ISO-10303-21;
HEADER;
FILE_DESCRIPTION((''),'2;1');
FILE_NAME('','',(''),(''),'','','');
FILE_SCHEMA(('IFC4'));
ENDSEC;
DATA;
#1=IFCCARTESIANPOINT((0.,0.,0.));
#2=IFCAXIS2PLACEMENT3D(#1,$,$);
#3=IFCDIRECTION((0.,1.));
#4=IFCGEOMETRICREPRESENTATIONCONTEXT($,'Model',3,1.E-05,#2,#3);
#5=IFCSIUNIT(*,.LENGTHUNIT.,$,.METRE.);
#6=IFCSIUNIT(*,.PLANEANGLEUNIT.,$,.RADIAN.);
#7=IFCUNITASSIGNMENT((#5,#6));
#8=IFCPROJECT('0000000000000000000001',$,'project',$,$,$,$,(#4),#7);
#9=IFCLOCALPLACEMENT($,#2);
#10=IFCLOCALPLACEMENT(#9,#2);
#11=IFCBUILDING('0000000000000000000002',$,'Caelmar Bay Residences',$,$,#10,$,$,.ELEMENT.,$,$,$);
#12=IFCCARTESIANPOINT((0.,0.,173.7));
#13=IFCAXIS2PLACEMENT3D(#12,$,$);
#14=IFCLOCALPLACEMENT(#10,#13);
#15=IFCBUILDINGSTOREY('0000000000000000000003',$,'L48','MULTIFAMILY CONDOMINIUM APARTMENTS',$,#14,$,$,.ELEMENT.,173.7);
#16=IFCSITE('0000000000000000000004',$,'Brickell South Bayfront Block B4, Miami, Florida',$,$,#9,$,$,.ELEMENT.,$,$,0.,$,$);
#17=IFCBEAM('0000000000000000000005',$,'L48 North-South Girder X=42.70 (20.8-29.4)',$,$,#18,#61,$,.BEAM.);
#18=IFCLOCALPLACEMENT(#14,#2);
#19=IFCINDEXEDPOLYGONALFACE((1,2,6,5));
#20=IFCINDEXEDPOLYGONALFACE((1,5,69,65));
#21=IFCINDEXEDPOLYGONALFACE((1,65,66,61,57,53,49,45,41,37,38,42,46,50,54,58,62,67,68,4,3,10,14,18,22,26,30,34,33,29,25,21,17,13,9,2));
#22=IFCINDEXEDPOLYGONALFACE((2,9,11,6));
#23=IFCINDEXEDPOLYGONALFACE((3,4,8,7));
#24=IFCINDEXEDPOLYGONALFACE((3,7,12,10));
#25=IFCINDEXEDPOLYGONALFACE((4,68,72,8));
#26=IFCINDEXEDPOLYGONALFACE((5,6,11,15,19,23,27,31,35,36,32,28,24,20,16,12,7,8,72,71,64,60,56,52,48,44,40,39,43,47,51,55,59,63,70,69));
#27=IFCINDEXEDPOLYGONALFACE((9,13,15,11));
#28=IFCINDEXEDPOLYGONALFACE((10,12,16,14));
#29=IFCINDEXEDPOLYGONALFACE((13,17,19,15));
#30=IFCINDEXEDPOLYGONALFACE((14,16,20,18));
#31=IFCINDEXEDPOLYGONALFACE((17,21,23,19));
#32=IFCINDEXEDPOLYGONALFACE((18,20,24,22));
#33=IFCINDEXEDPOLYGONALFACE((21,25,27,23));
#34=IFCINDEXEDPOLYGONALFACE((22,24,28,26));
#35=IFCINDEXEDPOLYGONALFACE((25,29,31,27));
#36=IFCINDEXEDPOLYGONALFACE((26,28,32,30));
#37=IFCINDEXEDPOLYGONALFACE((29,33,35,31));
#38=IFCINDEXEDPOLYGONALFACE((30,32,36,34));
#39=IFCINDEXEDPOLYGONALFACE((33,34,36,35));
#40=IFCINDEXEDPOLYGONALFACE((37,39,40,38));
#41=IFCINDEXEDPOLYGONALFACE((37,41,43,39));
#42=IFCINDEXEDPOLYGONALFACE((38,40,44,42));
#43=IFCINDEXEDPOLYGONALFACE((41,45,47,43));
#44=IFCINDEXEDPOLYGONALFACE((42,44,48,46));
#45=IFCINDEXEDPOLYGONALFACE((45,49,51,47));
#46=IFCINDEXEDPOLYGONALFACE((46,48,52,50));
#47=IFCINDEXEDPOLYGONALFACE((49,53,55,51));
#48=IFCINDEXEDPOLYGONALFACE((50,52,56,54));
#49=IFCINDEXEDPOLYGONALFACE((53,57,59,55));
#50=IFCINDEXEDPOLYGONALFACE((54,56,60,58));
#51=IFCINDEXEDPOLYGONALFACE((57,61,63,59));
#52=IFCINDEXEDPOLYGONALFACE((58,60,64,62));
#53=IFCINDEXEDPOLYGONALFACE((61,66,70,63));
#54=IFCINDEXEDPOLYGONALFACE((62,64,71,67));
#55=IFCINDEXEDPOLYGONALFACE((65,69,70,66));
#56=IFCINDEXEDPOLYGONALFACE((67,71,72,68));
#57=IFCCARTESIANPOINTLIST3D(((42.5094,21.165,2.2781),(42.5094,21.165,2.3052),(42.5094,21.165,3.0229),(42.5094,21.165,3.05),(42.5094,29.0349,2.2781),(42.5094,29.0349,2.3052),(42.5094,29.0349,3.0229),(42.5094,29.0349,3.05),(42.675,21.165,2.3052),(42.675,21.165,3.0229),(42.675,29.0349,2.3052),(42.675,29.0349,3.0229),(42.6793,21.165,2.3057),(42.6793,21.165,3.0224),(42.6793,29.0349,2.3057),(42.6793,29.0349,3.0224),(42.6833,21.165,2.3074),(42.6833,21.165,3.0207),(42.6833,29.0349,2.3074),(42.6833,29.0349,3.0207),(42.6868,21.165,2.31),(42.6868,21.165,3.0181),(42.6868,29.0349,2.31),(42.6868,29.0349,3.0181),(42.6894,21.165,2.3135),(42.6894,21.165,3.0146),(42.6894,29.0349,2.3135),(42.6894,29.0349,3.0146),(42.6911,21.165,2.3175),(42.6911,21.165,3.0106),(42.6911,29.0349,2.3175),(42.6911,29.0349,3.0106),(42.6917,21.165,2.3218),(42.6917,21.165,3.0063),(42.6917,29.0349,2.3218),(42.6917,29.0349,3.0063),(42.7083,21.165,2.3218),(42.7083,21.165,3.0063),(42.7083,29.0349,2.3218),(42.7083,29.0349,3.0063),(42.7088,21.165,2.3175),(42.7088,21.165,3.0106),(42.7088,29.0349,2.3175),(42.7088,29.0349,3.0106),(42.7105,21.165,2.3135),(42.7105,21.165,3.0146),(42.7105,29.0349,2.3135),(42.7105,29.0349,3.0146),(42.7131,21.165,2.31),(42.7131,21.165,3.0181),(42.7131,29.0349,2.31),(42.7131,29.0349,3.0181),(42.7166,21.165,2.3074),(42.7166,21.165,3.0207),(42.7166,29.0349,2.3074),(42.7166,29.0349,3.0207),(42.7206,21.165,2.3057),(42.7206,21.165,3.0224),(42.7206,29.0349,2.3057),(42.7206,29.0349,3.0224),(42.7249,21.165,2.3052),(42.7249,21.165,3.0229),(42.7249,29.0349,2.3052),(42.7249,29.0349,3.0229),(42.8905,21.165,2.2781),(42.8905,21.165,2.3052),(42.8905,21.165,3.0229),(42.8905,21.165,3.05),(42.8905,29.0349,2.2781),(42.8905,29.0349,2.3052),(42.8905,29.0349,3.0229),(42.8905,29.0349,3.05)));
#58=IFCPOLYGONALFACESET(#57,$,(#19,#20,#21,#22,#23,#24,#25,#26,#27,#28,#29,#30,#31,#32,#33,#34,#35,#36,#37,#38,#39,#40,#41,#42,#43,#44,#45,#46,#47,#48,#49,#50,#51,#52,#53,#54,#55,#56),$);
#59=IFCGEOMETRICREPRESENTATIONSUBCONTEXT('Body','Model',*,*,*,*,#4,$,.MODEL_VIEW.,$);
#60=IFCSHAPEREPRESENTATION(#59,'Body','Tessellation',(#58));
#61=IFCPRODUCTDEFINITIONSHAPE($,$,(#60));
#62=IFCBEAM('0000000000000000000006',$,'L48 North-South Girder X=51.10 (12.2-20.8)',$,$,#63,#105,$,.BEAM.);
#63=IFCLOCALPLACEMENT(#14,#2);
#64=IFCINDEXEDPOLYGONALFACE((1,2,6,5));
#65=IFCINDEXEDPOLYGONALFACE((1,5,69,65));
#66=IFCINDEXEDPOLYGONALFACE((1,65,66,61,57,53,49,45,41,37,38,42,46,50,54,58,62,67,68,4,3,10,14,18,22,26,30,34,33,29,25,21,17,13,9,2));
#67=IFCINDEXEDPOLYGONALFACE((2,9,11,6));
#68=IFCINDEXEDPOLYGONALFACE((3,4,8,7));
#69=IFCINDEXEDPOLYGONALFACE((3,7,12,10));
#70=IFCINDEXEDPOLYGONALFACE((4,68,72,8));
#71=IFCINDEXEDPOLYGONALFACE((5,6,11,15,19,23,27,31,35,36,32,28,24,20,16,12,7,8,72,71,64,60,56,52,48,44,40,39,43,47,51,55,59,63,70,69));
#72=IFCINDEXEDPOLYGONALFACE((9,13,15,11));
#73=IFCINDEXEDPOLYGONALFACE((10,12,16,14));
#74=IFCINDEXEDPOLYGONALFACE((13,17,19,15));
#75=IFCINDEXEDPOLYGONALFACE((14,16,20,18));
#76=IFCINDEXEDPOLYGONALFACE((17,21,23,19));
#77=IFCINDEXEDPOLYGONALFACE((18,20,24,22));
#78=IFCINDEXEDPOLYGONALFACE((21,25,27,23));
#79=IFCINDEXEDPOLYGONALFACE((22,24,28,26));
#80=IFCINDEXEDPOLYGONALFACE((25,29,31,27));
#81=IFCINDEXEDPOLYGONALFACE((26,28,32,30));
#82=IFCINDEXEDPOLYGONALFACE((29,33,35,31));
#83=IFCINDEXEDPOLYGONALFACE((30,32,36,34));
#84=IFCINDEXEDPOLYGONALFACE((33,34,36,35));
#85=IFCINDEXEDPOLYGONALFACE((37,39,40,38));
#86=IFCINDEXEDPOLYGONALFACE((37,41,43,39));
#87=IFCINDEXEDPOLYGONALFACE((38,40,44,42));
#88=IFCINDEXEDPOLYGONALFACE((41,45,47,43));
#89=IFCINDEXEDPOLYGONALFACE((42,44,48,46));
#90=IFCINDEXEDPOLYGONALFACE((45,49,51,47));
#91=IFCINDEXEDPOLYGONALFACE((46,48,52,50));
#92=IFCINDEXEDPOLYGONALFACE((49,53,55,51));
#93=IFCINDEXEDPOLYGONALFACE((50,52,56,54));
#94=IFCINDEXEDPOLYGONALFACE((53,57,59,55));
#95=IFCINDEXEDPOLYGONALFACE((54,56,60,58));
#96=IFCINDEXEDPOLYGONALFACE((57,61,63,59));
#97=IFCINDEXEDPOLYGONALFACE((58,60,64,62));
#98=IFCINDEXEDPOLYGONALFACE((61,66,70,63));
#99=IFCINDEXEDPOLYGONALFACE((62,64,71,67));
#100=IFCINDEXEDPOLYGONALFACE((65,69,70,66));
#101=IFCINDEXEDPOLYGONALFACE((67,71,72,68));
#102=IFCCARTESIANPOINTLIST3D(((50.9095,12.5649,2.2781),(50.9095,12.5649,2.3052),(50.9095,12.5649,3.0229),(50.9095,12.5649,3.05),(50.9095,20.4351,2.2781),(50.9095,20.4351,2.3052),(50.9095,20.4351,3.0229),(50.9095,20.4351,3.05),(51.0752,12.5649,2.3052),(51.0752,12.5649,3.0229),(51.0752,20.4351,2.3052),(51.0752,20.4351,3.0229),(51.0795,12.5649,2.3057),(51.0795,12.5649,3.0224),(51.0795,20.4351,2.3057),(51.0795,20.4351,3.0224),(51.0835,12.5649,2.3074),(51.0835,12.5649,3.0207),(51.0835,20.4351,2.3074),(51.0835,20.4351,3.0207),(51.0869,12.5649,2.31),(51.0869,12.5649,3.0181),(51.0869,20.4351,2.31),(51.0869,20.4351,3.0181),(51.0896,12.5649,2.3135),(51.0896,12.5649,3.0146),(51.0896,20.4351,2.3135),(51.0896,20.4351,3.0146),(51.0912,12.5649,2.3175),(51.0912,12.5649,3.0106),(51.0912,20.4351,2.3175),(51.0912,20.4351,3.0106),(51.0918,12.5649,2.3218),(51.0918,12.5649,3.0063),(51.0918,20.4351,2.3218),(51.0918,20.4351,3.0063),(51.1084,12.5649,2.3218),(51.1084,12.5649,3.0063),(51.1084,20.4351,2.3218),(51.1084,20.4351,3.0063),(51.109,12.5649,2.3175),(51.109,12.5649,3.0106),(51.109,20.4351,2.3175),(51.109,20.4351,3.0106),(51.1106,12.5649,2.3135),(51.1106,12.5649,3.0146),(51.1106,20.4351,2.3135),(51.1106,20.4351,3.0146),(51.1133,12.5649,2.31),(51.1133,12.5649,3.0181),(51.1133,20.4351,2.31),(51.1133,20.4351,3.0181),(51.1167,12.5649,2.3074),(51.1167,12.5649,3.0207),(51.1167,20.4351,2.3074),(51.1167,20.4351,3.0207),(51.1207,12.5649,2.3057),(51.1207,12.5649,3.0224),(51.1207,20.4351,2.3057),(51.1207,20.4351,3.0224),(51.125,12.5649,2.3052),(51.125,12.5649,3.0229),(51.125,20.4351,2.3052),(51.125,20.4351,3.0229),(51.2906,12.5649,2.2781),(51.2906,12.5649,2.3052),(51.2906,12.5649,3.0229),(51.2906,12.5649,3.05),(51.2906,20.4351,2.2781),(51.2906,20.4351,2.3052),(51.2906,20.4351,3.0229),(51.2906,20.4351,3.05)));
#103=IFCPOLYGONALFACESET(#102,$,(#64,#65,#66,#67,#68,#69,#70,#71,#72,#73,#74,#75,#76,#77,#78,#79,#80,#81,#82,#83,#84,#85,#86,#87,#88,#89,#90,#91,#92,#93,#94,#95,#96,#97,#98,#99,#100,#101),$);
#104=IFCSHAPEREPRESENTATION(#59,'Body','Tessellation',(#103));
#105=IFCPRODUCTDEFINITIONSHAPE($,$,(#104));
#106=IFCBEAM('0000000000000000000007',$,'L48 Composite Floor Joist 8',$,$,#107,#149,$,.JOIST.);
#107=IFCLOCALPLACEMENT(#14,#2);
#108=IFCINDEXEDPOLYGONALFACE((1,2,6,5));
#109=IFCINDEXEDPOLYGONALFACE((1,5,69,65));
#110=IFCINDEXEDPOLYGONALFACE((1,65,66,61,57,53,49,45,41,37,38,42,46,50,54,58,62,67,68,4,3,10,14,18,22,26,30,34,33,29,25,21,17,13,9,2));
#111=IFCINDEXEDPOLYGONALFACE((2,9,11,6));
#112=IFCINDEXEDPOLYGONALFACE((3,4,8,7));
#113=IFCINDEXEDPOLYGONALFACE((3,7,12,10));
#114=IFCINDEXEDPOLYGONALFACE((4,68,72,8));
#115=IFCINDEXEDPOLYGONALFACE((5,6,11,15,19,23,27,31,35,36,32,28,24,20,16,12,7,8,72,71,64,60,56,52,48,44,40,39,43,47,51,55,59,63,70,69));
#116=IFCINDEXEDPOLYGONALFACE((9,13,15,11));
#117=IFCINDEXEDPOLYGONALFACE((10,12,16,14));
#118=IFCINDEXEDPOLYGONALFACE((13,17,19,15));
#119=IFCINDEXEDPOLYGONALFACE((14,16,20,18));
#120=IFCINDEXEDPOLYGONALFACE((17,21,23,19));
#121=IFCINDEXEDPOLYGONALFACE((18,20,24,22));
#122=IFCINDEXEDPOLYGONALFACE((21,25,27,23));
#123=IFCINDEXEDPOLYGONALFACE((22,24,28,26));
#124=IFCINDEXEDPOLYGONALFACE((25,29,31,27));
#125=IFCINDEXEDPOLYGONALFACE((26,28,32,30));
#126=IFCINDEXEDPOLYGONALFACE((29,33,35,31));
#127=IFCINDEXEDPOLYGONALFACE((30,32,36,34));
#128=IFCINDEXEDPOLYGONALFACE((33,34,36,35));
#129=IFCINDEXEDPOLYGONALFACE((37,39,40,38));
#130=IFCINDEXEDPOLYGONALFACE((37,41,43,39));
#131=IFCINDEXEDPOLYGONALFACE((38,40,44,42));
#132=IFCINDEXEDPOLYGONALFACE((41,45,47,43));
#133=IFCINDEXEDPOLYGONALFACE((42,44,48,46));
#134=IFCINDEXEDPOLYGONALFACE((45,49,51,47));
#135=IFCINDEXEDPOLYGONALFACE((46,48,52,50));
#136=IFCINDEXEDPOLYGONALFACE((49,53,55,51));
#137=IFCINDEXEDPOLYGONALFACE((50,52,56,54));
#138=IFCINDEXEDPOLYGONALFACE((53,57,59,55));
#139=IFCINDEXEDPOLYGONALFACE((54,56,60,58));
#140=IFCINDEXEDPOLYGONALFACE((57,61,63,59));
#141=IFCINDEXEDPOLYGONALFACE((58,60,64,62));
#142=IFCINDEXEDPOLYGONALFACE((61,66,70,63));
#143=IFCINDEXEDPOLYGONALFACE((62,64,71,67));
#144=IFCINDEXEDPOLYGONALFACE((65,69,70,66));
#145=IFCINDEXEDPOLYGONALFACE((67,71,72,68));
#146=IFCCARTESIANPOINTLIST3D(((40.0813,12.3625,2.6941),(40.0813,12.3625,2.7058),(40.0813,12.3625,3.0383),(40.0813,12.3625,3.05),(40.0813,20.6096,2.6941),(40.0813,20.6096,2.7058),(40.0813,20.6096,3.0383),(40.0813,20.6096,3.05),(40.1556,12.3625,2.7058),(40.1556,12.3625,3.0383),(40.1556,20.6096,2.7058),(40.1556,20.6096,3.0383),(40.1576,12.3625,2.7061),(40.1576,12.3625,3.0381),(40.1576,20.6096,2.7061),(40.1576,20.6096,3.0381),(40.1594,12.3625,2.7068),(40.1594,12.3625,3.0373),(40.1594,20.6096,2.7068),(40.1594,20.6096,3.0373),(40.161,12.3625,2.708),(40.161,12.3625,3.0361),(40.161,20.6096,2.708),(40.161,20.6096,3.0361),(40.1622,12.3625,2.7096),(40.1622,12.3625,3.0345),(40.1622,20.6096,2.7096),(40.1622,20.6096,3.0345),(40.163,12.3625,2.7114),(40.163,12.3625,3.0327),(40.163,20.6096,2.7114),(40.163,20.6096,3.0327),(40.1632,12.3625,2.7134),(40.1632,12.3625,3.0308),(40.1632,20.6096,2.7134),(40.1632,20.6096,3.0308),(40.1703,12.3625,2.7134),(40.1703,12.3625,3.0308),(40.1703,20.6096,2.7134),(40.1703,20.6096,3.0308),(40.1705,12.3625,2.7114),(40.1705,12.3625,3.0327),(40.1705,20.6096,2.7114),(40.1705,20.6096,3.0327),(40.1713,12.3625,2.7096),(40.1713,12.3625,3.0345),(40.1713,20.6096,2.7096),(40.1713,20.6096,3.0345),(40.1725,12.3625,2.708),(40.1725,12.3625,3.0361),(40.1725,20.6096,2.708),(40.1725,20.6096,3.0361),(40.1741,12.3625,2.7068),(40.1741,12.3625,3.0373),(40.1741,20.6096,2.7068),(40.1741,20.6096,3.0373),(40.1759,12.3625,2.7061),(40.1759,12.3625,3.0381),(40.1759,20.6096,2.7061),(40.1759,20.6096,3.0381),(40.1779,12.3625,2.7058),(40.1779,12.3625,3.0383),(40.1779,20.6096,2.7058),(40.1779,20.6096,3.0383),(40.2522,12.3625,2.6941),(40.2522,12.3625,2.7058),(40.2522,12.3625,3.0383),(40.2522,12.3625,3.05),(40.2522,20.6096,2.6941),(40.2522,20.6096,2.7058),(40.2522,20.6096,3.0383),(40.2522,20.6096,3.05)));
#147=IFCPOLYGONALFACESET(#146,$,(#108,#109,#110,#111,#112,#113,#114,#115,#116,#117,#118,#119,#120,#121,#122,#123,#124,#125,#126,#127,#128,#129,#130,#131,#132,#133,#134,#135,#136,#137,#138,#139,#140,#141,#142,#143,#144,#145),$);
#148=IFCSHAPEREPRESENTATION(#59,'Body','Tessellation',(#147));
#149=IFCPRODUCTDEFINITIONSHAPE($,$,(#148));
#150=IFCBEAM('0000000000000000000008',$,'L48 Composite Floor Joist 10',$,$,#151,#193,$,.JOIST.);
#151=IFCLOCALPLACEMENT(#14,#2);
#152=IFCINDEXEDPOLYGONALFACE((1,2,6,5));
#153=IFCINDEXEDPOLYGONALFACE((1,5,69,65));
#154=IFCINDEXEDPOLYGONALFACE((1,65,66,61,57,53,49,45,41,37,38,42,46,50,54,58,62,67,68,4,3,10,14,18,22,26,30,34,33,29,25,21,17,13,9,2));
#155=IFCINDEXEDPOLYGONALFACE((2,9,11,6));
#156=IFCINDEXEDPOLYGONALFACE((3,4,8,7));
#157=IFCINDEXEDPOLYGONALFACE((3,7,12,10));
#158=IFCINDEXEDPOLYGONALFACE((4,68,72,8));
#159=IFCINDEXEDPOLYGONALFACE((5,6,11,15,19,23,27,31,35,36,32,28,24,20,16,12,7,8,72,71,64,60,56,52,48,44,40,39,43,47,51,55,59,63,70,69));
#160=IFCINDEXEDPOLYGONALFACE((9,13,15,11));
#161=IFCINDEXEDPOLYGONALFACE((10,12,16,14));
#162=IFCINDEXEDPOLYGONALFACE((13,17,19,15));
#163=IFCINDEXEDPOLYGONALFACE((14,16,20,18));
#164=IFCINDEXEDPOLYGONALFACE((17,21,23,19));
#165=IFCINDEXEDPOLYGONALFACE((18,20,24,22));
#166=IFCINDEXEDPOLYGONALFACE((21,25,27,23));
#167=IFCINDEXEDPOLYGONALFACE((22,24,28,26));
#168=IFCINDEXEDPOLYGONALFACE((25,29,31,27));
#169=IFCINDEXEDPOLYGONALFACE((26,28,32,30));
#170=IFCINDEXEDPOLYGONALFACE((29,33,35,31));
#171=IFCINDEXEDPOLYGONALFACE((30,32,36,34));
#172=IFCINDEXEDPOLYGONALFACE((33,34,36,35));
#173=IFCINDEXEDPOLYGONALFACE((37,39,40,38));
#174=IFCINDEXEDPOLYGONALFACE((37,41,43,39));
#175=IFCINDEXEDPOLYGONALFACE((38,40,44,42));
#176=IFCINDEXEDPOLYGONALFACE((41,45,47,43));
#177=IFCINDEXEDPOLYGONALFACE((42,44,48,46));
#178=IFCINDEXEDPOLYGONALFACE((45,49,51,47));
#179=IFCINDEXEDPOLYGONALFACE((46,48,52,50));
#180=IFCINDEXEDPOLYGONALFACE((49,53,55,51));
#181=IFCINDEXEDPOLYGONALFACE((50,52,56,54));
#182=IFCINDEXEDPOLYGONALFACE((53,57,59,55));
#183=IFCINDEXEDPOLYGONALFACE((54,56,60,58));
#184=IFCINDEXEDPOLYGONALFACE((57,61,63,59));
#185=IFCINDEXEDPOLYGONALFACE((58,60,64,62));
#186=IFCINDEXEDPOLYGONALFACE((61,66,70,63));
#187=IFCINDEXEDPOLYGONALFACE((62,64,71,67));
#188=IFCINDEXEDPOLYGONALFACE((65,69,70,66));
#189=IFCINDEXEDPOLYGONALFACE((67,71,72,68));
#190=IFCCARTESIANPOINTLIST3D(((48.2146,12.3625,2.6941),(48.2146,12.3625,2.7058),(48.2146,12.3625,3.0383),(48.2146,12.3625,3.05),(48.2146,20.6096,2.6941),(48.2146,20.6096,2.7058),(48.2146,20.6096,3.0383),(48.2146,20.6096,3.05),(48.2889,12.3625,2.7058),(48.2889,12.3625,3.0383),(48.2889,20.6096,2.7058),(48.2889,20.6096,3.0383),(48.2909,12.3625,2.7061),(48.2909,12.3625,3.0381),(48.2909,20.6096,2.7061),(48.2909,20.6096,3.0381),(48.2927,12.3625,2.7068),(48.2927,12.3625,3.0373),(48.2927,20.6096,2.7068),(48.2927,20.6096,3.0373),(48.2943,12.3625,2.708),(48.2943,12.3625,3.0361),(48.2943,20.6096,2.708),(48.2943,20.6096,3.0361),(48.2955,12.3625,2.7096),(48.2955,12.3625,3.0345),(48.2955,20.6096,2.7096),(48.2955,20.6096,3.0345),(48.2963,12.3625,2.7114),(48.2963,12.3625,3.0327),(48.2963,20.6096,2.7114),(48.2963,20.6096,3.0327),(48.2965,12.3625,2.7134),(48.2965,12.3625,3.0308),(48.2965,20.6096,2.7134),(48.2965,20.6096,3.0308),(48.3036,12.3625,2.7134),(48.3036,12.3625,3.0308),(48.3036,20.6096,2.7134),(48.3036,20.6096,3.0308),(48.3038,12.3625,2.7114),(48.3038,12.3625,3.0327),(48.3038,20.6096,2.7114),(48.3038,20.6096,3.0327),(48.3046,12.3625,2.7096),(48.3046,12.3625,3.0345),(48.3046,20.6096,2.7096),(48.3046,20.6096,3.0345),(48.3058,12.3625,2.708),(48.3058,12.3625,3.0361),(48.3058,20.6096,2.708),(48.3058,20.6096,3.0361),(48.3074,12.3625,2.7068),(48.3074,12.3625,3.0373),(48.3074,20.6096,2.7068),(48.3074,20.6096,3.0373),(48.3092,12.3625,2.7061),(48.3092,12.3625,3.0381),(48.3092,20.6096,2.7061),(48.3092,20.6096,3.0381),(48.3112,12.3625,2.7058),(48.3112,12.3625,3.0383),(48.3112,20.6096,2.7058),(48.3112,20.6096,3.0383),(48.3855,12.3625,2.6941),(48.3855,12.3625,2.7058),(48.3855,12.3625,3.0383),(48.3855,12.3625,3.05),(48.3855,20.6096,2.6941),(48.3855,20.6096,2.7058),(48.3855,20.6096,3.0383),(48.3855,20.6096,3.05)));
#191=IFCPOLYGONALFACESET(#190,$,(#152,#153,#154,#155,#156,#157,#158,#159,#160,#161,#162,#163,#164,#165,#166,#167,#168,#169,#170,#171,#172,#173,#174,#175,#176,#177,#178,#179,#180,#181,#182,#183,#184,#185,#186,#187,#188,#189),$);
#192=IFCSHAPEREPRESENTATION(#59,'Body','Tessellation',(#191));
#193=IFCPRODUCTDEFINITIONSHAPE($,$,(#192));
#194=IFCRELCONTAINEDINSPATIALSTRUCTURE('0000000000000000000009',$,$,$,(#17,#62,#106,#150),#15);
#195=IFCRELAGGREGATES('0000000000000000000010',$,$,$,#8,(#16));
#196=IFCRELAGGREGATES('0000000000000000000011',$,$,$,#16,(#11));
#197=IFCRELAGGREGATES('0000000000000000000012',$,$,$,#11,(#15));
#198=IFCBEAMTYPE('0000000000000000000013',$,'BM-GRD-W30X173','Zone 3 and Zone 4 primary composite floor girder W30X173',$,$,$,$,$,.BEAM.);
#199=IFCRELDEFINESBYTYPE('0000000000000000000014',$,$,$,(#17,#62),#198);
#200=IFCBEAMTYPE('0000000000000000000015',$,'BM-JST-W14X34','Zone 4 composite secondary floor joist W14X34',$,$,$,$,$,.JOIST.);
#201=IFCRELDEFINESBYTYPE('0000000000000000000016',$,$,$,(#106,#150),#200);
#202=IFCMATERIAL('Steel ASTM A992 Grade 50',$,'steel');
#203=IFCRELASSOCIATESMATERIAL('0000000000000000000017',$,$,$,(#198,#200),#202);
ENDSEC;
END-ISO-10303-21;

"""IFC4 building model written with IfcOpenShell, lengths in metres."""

from ifc_helpers import new_model, si_unit, direction, frame, origin, origin_2d, place, context, subcontext, project, spatial, i_section, extrude, material, material_profile, profile_set, type_object, element, save


model = new_model("IFC4")

# Units and contexts
model_context = context("Model", 3, precision=1e-05, world=origin(), true_north=direction((0.0, 1.0)))
body_context = subcontext(model_context, "Body", "Model", "MODEL_VIEW")
ifc_project = project(units=[si_unit("LENGTHUNIT", "METRE"), si_unit("PLANEANGLEUNIT", "RADIAN")], contexts=[model_context])

# Site, building, storey
site_placement = place(None, origin())
site = spatial("IfcSite", under=ifc_project, at=site_placement, Name="Brickell South Bayfront Block B4, Miami, Florida", CompositionType="ELEMENT", RefElevation=0.0)
building_placement = place(site_placement, origin())
building = spatial("IfcBuilding", under=site, at=building_placement, Name="Caelmar Bay Residences", CompositionType="ELEMENT")
storey_placement = place(building_placement, frame((0.0, 0.0, 173.7)))
storey = spatial("IfcBuildingStorey", under=building, at=storey_placement, Name="L48", Description="MULTIFAMILY CONDOMINIUM APARTMENTS", CompositionType="ELEMENT", Elevation=173.7)

# Beams
ifc_material_1 = material(Name="Steel ASTM A992 Grade 50", Category="steel")
ifc_material_profile_1 = material_profile(ifc_material_1, i_section(OverallWidth=0.3811, OverallDepth=0.772, WebThickness=0.0166, FlangeThickness=0.0271, FilletRadius=0.0166, at=origin_2d()), Name="W30X173")
ifc_profile_set_1 = profile_set([ifc_material_profile_1], Name="Steel ASTM A992 Grade 50")
beam_type_1 = type_object("IfcBeamType", Name="BM-GRD-W30X173", Description="Zone 3 and Zone 4 primary composite floor girder W30X173", PredefinedType="BEAM", material=ifc_profile_set_1)
beam_1_placement = place(storey_placement, frame((42.7, 21.165, 2.6641), z_axis=(0.0, 1.0, 0.0), x_axis=(-1.0, 0.0, 0.0)))
element("IfcBeam", 1, at=beam_1_placement, inside=storey, type_object=beam_type_1, Name="L48 North-South Girder X=42.70 (20.8-29.4)", PredefinedType="BEAM", context=body_context, shape_type="SweptSolid", body=[
    extrude(i_section(OverallWidth=0.3811, OverallDepth=0.772, WebThickness=0.0166, FlangeThickness=0.0271, FilletRadius=0.0166, at=origin_2d()), origin(), (0.0, 0.0, 1.0), 7.8699),
])
beam_2_placement = place(storey_placement, frame((51.1001, 12.5649, 2.6641), z_axis=(0.0, 1.0, 0.0), x_axis=(-1.0, 0.0, 0.0)))
element("IfcBeam", 2, at=beam_2_placement, inside=storey, type_object=beam_type_1, Name="L48 North-South Girder X=51.10 (12.2-20.8)", PredefinedType="BEAM", context=body_context, shape_type="SweptSolid", body=[
    extrude(i_section(OverallWidth=0.3811, OverallDepth=0.772, WebThickness=0.0166, FlangeThickness=0.0271, FilletRadius=0.0166, at=origin_2d()), origin(), (0.0, 0.0, 1.0), 7.8701),
])
ifc_material_profile_2 = material_profile(ifc_material_1, i_section(OverallWidth=0.1709, OverallDepth=0.356, WebThickness=0.0071, FlangeThickness=0.0117, FilletRadius=0.0076, at=origin_2d()), Name="W14X34")
ifc_profile_set_2 = profile_set([ifc_material_profile_2], Name="Steel ASTM A992 Grade 50")
beam_type_2 = type_object("IfcBeamType", Name="BM-JST-W14X34", Description="Zone 4 composite secondary floor joist W14X34", PredefinedType="JOIST", material=ifc_profile_set_2)
for number, where, z_axis, x_axis, name in (
    (3, (40.1667, 12.3625, 2.8721), (0.0, 1.0, 0.0), (-1.0, 0.0, 0.0), "L48 Composite Floor Joist 8"),
    (4, (48.3, 12.3625, 2.8721), (0.0, 1.0, 0.0), (-1.0, 0.0, 0.0), "L48 Composite Floor Joist 10"),
):
    element("IfcBeam", number, at=place(storey_placement, frame(where, z_axis=z_axis, x_axis=x_axis)), inside=storey, type_object=beam_type_2, Name=name, PredefinedType="JOIST", context=body_context, shape_type="SweptSolid", body=[
        extrude(i_section(OverallWidth=0.1709, OverallDepth=0.356, WebThickness=0.0071, FlangeThickness=0.0117, FilletRadius=0.0076, at=origin_2d()), origin(), (0.0, 0.0, 1.0), 8.2471),
    ])

save(model, "model.ifc")
